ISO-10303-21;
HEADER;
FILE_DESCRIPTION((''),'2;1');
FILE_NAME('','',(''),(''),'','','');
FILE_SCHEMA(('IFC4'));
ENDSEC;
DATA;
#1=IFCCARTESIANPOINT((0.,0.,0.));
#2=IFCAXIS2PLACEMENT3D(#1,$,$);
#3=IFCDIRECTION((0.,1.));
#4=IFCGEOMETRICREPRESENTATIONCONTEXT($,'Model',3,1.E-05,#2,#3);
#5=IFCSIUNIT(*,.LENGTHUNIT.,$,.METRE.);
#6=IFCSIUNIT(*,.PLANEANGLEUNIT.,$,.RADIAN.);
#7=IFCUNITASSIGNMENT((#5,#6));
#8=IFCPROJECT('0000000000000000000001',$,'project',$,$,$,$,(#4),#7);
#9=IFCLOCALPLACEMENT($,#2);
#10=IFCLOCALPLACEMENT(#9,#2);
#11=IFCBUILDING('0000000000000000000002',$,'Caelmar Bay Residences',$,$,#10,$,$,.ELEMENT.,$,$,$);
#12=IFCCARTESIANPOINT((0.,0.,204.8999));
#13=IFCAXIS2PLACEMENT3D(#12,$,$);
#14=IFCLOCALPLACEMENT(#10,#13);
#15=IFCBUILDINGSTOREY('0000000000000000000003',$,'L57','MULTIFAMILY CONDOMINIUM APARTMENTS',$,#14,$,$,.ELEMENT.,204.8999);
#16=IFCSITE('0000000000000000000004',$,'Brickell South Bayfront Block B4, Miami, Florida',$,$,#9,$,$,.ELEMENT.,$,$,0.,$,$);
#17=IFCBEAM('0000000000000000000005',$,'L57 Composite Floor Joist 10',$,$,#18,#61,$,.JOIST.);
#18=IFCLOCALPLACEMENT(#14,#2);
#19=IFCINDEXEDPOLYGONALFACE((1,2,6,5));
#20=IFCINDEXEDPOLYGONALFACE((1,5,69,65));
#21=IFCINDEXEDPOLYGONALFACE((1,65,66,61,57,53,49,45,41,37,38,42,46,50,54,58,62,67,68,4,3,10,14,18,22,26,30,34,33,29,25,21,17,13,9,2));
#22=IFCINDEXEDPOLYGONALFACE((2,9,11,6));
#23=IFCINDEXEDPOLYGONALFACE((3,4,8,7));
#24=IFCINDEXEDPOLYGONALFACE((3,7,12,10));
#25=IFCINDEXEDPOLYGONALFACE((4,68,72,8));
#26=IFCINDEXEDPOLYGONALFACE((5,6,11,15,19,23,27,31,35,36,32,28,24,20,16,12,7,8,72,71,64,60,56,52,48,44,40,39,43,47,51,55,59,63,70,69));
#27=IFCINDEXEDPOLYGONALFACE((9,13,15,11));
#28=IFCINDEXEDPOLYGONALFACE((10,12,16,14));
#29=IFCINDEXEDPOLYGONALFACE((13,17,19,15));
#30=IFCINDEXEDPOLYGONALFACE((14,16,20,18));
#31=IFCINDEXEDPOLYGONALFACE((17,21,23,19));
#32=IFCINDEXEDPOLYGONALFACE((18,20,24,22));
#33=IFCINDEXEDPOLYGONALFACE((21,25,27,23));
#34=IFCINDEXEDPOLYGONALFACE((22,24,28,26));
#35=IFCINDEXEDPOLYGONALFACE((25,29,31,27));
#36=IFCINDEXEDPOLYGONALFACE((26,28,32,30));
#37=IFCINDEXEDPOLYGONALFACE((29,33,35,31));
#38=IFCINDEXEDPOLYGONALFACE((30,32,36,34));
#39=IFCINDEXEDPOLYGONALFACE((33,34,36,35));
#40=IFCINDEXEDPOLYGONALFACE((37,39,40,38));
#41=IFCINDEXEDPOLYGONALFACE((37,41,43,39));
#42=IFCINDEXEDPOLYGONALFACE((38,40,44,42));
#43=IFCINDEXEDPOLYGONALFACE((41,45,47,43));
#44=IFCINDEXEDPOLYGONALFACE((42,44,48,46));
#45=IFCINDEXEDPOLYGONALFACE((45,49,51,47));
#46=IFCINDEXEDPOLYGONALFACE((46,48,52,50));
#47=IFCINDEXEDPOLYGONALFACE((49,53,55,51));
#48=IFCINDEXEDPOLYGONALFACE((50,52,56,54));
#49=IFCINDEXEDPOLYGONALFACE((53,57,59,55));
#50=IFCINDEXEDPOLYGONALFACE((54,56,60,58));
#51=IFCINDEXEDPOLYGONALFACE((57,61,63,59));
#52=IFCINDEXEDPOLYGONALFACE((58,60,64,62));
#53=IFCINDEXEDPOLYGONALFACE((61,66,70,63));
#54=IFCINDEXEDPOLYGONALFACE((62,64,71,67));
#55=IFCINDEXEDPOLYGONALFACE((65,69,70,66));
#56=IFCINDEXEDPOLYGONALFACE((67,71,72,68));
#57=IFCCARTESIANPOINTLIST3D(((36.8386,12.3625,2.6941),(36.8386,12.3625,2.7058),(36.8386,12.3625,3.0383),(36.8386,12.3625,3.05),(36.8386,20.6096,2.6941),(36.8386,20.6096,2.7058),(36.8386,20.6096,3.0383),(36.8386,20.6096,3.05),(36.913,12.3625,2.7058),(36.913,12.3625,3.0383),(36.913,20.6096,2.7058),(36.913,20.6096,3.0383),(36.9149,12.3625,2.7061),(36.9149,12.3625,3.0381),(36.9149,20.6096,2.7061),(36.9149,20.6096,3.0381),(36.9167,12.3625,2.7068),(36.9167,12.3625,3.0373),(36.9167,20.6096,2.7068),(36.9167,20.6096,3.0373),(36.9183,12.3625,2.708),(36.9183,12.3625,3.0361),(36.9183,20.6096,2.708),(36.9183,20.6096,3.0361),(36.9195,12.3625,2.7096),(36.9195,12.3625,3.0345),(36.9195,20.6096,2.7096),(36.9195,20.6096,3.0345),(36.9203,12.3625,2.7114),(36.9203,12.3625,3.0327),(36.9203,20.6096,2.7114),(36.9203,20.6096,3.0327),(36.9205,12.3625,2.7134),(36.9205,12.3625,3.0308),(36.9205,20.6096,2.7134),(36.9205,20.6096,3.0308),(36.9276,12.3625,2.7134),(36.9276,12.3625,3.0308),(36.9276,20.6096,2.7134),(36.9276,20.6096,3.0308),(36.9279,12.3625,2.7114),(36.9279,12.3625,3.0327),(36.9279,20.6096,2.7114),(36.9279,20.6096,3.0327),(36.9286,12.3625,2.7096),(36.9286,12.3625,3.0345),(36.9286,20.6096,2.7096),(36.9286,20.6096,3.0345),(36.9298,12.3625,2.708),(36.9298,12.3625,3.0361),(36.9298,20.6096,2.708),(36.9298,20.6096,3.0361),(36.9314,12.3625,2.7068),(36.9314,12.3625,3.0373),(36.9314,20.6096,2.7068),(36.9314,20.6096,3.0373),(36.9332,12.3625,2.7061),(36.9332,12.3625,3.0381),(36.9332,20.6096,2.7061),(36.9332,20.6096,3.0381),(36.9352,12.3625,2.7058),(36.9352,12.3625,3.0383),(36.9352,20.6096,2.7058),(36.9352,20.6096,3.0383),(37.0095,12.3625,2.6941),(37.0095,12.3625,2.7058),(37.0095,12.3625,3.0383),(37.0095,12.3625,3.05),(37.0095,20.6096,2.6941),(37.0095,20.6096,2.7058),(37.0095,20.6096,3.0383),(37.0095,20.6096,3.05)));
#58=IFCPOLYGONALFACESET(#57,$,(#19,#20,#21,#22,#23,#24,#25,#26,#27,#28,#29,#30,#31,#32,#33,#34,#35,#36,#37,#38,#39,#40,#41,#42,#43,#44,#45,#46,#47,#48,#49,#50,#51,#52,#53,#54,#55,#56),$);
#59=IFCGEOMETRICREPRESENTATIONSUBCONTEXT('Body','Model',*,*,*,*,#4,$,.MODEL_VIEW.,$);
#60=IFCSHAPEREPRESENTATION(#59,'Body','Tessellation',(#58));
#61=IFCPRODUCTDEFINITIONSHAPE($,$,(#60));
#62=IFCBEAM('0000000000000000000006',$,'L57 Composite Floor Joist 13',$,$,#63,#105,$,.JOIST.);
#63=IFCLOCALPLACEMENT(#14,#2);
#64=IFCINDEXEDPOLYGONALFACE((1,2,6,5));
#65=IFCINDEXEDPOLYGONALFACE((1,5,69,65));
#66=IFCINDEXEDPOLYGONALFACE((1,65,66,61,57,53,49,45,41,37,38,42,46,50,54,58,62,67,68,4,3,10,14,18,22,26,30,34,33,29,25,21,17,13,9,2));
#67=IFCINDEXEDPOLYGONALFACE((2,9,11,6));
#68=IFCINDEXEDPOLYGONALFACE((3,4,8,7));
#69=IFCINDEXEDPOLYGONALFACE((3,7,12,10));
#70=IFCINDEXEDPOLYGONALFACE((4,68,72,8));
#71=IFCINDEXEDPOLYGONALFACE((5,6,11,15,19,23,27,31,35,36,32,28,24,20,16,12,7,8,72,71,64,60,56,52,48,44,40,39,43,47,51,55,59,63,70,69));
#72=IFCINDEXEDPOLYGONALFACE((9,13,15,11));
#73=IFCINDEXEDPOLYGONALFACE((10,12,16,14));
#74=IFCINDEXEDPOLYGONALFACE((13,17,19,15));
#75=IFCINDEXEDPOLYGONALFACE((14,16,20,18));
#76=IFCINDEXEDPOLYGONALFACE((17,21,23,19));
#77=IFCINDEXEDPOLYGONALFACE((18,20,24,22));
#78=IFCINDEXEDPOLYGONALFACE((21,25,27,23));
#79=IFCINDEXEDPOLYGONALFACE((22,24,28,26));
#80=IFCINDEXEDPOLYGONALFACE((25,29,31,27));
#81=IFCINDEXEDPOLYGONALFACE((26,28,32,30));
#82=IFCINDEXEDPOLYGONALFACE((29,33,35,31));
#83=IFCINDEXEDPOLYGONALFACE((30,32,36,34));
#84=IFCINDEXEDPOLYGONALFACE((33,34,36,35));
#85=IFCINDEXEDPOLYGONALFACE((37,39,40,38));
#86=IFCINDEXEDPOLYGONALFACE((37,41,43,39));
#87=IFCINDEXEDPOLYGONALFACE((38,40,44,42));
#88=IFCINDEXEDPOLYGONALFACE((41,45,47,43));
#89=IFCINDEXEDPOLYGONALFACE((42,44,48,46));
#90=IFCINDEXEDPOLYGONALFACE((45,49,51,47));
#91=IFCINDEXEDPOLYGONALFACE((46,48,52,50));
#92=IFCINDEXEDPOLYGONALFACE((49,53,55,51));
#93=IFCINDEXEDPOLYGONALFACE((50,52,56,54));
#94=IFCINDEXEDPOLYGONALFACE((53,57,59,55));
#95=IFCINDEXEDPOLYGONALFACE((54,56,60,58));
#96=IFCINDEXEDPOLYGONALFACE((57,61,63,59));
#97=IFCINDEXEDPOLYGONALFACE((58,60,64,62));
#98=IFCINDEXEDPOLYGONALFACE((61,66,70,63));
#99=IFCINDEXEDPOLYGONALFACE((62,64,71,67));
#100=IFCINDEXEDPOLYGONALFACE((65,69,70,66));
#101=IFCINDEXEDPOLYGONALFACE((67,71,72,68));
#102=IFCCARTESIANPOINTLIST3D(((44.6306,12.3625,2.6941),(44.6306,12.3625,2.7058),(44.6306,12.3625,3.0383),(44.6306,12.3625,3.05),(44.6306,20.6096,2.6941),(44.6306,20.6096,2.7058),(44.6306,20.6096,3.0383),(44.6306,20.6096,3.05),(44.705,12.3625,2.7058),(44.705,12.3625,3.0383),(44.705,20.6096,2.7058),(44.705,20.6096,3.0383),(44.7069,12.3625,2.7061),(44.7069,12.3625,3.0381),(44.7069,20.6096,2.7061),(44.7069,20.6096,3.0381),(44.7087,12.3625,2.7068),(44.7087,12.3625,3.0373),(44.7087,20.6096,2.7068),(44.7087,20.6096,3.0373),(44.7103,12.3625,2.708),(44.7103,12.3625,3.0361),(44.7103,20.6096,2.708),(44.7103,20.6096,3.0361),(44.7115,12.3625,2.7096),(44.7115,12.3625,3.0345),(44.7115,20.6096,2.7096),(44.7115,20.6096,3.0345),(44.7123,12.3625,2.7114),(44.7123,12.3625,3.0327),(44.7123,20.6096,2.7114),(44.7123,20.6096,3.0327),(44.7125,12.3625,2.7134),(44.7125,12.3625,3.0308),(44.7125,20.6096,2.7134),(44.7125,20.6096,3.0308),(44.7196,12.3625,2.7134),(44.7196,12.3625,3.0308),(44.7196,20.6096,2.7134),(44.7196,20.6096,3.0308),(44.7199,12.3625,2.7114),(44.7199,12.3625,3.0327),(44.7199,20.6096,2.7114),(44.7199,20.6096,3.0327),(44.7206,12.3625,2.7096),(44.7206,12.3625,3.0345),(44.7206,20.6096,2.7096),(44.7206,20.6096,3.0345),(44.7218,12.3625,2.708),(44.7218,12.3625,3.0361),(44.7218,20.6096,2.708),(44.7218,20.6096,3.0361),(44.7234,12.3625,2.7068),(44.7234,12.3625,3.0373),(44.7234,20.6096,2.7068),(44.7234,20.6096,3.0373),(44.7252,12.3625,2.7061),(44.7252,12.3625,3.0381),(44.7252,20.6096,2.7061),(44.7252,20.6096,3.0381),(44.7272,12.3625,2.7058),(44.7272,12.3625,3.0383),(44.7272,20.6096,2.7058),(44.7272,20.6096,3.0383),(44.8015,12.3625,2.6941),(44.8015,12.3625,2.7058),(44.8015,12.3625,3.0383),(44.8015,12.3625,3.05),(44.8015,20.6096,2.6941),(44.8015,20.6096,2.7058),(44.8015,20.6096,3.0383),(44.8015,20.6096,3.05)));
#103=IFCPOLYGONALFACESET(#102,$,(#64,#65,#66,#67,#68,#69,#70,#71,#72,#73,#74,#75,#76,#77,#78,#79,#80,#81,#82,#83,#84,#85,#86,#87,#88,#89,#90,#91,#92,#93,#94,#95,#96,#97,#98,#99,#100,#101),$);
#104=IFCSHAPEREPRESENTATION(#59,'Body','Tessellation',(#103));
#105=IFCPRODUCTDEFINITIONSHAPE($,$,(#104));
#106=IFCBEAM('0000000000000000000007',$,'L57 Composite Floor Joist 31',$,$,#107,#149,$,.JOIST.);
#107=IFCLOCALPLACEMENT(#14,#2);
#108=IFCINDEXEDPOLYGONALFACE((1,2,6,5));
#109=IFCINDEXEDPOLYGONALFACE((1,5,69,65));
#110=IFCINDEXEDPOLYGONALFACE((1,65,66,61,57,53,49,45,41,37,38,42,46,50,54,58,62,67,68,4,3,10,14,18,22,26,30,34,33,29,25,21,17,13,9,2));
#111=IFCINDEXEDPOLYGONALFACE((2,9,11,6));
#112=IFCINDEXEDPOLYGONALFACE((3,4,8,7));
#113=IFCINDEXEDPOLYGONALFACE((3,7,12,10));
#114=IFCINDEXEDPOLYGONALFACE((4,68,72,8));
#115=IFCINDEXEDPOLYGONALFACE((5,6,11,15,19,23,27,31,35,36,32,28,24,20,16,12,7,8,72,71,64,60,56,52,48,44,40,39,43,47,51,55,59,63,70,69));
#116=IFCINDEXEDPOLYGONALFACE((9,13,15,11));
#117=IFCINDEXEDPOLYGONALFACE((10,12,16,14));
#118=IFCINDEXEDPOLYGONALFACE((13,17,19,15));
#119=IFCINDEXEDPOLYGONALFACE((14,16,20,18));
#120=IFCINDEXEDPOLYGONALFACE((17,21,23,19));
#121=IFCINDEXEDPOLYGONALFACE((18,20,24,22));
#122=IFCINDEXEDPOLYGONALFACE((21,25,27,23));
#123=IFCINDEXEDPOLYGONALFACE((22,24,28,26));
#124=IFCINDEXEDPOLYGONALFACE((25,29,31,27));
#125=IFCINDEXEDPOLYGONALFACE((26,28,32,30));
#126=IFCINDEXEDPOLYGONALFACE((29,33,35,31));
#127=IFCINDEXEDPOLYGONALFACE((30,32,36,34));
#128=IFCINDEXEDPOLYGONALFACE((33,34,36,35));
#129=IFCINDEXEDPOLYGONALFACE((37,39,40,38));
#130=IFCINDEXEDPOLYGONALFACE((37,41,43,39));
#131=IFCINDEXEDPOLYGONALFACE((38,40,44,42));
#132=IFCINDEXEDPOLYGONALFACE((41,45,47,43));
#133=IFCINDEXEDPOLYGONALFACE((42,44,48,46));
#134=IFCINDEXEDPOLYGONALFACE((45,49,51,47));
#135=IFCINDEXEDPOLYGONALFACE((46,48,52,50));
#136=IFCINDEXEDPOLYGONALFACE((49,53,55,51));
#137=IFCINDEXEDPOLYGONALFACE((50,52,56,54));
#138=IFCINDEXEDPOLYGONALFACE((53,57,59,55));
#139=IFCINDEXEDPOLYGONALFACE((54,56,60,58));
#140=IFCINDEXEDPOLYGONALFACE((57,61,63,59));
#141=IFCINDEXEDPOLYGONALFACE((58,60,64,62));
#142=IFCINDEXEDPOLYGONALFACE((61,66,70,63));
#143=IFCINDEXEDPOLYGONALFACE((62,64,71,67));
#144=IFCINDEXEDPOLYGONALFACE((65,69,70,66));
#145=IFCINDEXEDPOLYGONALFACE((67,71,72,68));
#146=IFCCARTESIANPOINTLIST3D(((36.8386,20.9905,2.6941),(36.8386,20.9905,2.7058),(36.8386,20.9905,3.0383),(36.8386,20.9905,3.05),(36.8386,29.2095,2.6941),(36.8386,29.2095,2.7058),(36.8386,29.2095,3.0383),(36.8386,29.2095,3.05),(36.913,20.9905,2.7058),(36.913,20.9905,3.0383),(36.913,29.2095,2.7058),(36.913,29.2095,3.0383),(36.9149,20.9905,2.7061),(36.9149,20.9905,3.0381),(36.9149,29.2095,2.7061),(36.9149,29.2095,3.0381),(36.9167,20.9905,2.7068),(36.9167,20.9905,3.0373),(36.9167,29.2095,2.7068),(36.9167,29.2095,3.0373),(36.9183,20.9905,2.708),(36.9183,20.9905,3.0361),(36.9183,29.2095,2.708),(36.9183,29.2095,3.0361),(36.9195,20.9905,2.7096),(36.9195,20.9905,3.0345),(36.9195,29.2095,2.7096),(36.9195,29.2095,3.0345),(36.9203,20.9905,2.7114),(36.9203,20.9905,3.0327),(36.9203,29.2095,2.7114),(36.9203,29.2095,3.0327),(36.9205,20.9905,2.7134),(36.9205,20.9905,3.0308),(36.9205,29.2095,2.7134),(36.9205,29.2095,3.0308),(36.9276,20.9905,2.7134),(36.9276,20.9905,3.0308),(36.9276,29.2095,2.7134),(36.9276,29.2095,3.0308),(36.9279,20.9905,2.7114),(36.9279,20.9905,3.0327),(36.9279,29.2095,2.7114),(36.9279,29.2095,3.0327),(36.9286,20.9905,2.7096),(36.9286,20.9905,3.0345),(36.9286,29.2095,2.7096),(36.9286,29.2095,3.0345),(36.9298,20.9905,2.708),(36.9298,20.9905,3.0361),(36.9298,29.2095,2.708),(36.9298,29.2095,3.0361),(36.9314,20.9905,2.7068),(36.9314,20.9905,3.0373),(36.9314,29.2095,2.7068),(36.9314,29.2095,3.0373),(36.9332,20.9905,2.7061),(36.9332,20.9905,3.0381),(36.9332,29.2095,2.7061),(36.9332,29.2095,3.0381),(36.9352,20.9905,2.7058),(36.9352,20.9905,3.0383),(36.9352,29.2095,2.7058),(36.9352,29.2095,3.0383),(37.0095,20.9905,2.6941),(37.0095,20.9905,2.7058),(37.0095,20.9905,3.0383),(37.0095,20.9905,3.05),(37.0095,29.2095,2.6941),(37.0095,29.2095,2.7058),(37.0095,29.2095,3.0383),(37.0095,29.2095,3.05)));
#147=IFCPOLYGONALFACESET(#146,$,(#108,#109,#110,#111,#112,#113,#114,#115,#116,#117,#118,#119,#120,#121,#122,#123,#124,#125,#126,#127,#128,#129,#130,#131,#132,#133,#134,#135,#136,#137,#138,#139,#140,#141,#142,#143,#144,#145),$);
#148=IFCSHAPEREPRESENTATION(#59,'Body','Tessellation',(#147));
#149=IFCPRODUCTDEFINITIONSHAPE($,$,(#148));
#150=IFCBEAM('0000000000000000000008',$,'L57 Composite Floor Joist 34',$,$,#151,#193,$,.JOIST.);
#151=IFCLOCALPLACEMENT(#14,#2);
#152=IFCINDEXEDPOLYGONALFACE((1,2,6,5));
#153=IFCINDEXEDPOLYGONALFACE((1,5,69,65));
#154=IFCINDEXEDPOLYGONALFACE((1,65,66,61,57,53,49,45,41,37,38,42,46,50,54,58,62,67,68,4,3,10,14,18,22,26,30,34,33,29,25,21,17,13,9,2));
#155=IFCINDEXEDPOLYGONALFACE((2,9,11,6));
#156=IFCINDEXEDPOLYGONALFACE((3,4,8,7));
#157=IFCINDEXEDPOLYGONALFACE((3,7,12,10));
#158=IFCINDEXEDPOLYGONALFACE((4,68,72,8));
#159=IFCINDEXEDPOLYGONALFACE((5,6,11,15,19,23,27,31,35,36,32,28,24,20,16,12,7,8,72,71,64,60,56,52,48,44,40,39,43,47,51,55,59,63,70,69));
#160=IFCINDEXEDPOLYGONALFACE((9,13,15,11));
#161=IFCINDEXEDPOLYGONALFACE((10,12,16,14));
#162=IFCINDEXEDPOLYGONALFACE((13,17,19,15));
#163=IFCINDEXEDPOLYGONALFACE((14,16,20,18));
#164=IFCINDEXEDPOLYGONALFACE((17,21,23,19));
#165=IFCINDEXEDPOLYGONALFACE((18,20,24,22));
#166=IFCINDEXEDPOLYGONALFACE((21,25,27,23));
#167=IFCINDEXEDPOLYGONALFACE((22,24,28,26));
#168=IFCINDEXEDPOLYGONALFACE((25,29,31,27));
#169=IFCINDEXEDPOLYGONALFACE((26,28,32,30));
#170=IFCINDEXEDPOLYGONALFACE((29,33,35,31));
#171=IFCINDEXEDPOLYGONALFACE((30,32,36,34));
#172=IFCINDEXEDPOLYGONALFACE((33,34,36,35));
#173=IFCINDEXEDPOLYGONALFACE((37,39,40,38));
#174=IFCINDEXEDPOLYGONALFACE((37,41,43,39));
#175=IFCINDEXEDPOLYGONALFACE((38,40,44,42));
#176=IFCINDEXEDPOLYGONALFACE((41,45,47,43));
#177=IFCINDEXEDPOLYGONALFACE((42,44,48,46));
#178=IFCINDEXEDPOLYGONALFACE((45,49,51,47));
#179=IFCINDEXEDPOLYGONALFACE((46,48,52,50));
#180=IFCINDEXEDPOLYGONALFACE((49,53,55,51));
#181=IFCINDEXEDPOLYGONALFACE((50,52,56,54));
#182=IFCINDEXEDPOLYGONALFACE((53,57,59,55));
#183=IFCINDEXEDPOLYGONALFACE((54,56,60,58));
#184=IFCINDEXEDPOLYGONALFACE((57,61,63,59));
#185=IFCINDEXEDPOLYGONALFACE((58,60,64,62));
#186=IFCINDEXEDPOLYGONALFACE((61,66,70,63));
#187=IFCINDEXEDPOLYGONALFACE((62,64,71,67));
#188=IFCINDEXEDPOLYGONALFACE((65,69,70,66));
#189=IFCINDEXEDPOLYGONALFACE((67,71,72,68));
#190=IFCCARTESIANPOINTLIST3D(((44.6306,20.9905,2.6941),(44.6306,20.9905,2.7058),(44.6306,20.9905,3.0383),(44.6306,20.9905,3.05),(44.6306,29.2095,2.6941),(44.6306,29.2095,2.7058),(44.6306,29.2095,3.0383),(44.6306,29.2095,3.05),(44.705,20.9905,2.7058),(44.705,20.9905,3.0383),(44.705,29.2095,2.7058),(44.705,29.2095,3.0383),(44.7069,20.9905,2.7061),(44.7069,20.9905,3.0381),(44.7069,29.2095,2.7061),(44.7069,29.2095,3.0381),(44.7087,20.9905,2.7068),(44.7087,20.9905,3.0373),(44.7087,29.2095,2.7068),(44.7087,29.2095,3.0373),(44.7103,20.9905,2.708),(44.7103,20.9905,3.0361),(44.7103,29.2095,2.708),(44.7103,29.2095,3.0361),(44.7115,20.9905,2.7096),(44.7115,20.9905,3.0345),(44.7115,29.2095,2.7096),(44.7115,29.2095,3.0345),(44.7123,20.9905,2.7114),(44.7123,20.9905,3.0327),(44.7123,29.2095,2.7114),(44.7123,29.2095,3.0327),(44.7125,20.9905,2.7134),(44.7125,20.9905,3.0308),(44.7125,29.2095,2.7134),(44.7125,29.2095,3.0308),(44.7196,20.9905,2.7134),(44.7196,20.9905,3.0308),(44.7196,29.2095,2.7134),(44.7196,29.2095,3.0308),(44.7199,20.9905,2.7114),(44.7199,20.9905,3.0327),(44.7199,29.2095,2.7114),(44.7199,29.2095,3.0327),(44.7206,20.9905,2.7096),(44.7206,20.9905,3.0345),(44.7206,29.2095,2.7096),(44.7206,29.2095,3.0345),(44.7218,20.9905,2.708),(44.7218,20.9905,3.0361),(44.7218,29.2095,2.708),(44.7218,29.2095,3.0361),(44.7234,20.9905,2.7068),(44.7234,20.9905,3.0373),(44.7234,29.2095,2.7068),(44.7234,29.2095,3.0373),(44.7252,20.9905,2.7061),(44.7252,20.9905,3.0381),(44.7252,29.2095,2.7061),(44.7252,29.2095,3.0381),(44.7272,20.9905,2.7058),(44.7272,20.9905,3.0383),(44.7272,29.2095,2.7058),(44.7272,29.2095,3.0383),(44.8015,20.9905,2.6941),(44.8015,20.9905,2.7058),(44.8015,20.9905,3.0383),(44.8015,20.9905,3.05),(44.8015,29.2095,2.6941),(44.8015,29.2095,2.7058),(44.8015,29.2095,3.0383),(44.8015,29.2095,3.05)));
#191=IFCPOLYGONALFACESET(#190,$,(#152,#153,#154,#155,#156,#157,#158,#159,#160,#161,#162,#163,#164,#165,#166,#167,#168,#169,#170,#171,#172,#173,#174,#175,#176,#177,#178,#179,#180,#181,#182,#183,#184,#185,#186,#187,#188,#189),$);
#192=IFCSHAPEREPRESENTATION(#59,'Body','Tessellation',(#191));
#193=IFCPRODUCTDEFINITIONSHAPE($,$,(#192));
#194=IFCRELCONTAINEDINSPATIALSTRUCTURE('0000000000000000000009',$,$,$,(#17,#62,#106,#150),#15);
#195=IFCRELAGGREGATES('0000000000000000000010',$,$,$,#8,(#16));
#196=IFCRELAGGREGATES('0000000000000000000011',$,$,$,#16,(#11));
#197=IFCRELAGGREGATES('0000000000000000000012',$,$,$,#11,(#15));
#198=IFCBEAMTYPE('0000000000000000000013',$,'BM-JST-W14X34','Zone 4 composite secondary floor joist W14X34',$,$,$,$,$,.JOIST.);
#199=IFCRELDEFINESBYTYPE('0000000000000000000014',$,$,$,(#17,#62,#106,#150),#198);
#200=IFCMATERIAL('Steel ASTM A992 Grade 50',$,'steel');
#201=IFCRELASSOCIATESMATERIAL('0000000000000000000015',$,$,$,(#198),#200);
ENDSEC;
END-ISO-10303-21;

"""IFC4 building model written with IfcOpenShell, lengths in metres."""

from ifc_helpers import new_model, si_unit, direction, frame, origin, origin_2d, place, context, subcontext, project, spatial, i_section, extrude, material, material_profile, profile_set, type_object, element, save


model = new_model("IFC4")

# Units and contexts
model_context = context("Model", 3, precision=1e-05, world=origin(), true_north=direction((0.0, 1.0)))
body_context = subcontext(model_context, "Body", "Model", "MODEL_VIEW")
ifc_project = project(units=[si_unit("LENGTHUNIT", "METRE"), si_unit("PLANEANGLEUNIT", "RADIAN")], contexts=[model_context])

# Site, building, storey
site_placement = place(None, origin())
site = spatial("IfcSite", under=ifc_project, at=site_placement, Name="Brickell South Bayfront Block B4, Miami, Florida", CompositionType="ELEMENT", RefElevation=0.0)
building_placement = place(site_placement, origin())
building = spatial("IfcBuilding", under=site, at=building_placement, Name="Caelmar Bay Residences", CompositionType="ELEMENT")
storey_placement = place(building_placement, frame((0.0, 0.0, 204.8999)))
storey = spatial("IfcBuildingStorey", under=building, at=storey_placement, Name="L57", Description="MULTIFAMILY CONDOMINIUM APARTMENTS", CompositionType="ELEMENT", Elevation=204.8999)

# Beams
ifc_material_1 = material(Name="Steel ASTM A992 Grade 50", Category="steel")
ifc_material_profile_1 = material_profile(ifc_material_1, i_section(OverallWidth=0.1709, OverallDepth=0.356, WebThickness=0.0071, FlangeThickness=0.0117, FilletRadius=0.0076, at=origin_2d()), Name="W14X34")
ifc_profile_set_1 = profile_set([ifc_material_profile_1], Name="Steel ASTM A992 Grade 50")
beam_type_1 = type_object("IfcBeamType", Name="BM-JST-W14X34", Description="Zone 4 composite secondary floor joist W14X34", PredefinedType="JOIST", material=ifc_profile_set_1)
for number, where, z_axis, x_axis, name in (
    (1, (36.9241, 12.3625, 2.8721), (0.0, 1.0, 0.0), (-1.0, 0.0, 0.0), "L57 Composite Floor Joist 10"),
    (2, (44.7161, 12.3625, 2.8721), (0.0, 1.0, 0.0), (-1.0, 0.0, 0.0), "L57 Composite Floor Joist 13"),
):
    element("IfcBeam", number, at=place(storey_placement, frame(where, z_axis=z_axis, x_axis=x_axis)), inside=storey, type_object=beam_type_1, Name=name, PredefinedType="JOIST", context=body_context, shape_type="SweptSolid", body=[
        extrude(i_section(OverallWidth=0.1709, OverallDepth=0.356, WebThickness=0.0071, FlangeThickness=0.0117, FilletRadius=0.0076, at=origin_2d()), origin(), (0.0, 0.0, 1.0), 8.2471),
    ])
for number, where, z_axis, x_axis, name in (
    (3, (36.9241, 20.9905, 2.8721), (0.0, 1.0, 0.0), (-1.0, 0.0, 0.0), "L57 Composite Floor Joist 31"),
    (4, (44.7161, 20.9905, 2.8721), (0.0, 1.0, 0.0), (-1.0, 0.0, 0.0), "L57 Composite Floor Joist 34"),
):
    element("IfcBeam", number, at=place(storey_placement, frame(where, z_axis=z_axis, x_axis=x_axis)), inside=storey, type_object=beam_type_1, Name=name, PredefinedType="JOIST", context=body_context, shape_type="SweptSolid", body=[
        extrude(i_section(OverallWidth=0.1709, OverallDepth=0.356, WebThickness=0.0071, FlangeThickness=0.0117, FilletRadius=0.0076, at=origin_2d()), origin(), (0.0, 0.0, 1.0), 8.219),
    ])

save(model, "model.ifc")
